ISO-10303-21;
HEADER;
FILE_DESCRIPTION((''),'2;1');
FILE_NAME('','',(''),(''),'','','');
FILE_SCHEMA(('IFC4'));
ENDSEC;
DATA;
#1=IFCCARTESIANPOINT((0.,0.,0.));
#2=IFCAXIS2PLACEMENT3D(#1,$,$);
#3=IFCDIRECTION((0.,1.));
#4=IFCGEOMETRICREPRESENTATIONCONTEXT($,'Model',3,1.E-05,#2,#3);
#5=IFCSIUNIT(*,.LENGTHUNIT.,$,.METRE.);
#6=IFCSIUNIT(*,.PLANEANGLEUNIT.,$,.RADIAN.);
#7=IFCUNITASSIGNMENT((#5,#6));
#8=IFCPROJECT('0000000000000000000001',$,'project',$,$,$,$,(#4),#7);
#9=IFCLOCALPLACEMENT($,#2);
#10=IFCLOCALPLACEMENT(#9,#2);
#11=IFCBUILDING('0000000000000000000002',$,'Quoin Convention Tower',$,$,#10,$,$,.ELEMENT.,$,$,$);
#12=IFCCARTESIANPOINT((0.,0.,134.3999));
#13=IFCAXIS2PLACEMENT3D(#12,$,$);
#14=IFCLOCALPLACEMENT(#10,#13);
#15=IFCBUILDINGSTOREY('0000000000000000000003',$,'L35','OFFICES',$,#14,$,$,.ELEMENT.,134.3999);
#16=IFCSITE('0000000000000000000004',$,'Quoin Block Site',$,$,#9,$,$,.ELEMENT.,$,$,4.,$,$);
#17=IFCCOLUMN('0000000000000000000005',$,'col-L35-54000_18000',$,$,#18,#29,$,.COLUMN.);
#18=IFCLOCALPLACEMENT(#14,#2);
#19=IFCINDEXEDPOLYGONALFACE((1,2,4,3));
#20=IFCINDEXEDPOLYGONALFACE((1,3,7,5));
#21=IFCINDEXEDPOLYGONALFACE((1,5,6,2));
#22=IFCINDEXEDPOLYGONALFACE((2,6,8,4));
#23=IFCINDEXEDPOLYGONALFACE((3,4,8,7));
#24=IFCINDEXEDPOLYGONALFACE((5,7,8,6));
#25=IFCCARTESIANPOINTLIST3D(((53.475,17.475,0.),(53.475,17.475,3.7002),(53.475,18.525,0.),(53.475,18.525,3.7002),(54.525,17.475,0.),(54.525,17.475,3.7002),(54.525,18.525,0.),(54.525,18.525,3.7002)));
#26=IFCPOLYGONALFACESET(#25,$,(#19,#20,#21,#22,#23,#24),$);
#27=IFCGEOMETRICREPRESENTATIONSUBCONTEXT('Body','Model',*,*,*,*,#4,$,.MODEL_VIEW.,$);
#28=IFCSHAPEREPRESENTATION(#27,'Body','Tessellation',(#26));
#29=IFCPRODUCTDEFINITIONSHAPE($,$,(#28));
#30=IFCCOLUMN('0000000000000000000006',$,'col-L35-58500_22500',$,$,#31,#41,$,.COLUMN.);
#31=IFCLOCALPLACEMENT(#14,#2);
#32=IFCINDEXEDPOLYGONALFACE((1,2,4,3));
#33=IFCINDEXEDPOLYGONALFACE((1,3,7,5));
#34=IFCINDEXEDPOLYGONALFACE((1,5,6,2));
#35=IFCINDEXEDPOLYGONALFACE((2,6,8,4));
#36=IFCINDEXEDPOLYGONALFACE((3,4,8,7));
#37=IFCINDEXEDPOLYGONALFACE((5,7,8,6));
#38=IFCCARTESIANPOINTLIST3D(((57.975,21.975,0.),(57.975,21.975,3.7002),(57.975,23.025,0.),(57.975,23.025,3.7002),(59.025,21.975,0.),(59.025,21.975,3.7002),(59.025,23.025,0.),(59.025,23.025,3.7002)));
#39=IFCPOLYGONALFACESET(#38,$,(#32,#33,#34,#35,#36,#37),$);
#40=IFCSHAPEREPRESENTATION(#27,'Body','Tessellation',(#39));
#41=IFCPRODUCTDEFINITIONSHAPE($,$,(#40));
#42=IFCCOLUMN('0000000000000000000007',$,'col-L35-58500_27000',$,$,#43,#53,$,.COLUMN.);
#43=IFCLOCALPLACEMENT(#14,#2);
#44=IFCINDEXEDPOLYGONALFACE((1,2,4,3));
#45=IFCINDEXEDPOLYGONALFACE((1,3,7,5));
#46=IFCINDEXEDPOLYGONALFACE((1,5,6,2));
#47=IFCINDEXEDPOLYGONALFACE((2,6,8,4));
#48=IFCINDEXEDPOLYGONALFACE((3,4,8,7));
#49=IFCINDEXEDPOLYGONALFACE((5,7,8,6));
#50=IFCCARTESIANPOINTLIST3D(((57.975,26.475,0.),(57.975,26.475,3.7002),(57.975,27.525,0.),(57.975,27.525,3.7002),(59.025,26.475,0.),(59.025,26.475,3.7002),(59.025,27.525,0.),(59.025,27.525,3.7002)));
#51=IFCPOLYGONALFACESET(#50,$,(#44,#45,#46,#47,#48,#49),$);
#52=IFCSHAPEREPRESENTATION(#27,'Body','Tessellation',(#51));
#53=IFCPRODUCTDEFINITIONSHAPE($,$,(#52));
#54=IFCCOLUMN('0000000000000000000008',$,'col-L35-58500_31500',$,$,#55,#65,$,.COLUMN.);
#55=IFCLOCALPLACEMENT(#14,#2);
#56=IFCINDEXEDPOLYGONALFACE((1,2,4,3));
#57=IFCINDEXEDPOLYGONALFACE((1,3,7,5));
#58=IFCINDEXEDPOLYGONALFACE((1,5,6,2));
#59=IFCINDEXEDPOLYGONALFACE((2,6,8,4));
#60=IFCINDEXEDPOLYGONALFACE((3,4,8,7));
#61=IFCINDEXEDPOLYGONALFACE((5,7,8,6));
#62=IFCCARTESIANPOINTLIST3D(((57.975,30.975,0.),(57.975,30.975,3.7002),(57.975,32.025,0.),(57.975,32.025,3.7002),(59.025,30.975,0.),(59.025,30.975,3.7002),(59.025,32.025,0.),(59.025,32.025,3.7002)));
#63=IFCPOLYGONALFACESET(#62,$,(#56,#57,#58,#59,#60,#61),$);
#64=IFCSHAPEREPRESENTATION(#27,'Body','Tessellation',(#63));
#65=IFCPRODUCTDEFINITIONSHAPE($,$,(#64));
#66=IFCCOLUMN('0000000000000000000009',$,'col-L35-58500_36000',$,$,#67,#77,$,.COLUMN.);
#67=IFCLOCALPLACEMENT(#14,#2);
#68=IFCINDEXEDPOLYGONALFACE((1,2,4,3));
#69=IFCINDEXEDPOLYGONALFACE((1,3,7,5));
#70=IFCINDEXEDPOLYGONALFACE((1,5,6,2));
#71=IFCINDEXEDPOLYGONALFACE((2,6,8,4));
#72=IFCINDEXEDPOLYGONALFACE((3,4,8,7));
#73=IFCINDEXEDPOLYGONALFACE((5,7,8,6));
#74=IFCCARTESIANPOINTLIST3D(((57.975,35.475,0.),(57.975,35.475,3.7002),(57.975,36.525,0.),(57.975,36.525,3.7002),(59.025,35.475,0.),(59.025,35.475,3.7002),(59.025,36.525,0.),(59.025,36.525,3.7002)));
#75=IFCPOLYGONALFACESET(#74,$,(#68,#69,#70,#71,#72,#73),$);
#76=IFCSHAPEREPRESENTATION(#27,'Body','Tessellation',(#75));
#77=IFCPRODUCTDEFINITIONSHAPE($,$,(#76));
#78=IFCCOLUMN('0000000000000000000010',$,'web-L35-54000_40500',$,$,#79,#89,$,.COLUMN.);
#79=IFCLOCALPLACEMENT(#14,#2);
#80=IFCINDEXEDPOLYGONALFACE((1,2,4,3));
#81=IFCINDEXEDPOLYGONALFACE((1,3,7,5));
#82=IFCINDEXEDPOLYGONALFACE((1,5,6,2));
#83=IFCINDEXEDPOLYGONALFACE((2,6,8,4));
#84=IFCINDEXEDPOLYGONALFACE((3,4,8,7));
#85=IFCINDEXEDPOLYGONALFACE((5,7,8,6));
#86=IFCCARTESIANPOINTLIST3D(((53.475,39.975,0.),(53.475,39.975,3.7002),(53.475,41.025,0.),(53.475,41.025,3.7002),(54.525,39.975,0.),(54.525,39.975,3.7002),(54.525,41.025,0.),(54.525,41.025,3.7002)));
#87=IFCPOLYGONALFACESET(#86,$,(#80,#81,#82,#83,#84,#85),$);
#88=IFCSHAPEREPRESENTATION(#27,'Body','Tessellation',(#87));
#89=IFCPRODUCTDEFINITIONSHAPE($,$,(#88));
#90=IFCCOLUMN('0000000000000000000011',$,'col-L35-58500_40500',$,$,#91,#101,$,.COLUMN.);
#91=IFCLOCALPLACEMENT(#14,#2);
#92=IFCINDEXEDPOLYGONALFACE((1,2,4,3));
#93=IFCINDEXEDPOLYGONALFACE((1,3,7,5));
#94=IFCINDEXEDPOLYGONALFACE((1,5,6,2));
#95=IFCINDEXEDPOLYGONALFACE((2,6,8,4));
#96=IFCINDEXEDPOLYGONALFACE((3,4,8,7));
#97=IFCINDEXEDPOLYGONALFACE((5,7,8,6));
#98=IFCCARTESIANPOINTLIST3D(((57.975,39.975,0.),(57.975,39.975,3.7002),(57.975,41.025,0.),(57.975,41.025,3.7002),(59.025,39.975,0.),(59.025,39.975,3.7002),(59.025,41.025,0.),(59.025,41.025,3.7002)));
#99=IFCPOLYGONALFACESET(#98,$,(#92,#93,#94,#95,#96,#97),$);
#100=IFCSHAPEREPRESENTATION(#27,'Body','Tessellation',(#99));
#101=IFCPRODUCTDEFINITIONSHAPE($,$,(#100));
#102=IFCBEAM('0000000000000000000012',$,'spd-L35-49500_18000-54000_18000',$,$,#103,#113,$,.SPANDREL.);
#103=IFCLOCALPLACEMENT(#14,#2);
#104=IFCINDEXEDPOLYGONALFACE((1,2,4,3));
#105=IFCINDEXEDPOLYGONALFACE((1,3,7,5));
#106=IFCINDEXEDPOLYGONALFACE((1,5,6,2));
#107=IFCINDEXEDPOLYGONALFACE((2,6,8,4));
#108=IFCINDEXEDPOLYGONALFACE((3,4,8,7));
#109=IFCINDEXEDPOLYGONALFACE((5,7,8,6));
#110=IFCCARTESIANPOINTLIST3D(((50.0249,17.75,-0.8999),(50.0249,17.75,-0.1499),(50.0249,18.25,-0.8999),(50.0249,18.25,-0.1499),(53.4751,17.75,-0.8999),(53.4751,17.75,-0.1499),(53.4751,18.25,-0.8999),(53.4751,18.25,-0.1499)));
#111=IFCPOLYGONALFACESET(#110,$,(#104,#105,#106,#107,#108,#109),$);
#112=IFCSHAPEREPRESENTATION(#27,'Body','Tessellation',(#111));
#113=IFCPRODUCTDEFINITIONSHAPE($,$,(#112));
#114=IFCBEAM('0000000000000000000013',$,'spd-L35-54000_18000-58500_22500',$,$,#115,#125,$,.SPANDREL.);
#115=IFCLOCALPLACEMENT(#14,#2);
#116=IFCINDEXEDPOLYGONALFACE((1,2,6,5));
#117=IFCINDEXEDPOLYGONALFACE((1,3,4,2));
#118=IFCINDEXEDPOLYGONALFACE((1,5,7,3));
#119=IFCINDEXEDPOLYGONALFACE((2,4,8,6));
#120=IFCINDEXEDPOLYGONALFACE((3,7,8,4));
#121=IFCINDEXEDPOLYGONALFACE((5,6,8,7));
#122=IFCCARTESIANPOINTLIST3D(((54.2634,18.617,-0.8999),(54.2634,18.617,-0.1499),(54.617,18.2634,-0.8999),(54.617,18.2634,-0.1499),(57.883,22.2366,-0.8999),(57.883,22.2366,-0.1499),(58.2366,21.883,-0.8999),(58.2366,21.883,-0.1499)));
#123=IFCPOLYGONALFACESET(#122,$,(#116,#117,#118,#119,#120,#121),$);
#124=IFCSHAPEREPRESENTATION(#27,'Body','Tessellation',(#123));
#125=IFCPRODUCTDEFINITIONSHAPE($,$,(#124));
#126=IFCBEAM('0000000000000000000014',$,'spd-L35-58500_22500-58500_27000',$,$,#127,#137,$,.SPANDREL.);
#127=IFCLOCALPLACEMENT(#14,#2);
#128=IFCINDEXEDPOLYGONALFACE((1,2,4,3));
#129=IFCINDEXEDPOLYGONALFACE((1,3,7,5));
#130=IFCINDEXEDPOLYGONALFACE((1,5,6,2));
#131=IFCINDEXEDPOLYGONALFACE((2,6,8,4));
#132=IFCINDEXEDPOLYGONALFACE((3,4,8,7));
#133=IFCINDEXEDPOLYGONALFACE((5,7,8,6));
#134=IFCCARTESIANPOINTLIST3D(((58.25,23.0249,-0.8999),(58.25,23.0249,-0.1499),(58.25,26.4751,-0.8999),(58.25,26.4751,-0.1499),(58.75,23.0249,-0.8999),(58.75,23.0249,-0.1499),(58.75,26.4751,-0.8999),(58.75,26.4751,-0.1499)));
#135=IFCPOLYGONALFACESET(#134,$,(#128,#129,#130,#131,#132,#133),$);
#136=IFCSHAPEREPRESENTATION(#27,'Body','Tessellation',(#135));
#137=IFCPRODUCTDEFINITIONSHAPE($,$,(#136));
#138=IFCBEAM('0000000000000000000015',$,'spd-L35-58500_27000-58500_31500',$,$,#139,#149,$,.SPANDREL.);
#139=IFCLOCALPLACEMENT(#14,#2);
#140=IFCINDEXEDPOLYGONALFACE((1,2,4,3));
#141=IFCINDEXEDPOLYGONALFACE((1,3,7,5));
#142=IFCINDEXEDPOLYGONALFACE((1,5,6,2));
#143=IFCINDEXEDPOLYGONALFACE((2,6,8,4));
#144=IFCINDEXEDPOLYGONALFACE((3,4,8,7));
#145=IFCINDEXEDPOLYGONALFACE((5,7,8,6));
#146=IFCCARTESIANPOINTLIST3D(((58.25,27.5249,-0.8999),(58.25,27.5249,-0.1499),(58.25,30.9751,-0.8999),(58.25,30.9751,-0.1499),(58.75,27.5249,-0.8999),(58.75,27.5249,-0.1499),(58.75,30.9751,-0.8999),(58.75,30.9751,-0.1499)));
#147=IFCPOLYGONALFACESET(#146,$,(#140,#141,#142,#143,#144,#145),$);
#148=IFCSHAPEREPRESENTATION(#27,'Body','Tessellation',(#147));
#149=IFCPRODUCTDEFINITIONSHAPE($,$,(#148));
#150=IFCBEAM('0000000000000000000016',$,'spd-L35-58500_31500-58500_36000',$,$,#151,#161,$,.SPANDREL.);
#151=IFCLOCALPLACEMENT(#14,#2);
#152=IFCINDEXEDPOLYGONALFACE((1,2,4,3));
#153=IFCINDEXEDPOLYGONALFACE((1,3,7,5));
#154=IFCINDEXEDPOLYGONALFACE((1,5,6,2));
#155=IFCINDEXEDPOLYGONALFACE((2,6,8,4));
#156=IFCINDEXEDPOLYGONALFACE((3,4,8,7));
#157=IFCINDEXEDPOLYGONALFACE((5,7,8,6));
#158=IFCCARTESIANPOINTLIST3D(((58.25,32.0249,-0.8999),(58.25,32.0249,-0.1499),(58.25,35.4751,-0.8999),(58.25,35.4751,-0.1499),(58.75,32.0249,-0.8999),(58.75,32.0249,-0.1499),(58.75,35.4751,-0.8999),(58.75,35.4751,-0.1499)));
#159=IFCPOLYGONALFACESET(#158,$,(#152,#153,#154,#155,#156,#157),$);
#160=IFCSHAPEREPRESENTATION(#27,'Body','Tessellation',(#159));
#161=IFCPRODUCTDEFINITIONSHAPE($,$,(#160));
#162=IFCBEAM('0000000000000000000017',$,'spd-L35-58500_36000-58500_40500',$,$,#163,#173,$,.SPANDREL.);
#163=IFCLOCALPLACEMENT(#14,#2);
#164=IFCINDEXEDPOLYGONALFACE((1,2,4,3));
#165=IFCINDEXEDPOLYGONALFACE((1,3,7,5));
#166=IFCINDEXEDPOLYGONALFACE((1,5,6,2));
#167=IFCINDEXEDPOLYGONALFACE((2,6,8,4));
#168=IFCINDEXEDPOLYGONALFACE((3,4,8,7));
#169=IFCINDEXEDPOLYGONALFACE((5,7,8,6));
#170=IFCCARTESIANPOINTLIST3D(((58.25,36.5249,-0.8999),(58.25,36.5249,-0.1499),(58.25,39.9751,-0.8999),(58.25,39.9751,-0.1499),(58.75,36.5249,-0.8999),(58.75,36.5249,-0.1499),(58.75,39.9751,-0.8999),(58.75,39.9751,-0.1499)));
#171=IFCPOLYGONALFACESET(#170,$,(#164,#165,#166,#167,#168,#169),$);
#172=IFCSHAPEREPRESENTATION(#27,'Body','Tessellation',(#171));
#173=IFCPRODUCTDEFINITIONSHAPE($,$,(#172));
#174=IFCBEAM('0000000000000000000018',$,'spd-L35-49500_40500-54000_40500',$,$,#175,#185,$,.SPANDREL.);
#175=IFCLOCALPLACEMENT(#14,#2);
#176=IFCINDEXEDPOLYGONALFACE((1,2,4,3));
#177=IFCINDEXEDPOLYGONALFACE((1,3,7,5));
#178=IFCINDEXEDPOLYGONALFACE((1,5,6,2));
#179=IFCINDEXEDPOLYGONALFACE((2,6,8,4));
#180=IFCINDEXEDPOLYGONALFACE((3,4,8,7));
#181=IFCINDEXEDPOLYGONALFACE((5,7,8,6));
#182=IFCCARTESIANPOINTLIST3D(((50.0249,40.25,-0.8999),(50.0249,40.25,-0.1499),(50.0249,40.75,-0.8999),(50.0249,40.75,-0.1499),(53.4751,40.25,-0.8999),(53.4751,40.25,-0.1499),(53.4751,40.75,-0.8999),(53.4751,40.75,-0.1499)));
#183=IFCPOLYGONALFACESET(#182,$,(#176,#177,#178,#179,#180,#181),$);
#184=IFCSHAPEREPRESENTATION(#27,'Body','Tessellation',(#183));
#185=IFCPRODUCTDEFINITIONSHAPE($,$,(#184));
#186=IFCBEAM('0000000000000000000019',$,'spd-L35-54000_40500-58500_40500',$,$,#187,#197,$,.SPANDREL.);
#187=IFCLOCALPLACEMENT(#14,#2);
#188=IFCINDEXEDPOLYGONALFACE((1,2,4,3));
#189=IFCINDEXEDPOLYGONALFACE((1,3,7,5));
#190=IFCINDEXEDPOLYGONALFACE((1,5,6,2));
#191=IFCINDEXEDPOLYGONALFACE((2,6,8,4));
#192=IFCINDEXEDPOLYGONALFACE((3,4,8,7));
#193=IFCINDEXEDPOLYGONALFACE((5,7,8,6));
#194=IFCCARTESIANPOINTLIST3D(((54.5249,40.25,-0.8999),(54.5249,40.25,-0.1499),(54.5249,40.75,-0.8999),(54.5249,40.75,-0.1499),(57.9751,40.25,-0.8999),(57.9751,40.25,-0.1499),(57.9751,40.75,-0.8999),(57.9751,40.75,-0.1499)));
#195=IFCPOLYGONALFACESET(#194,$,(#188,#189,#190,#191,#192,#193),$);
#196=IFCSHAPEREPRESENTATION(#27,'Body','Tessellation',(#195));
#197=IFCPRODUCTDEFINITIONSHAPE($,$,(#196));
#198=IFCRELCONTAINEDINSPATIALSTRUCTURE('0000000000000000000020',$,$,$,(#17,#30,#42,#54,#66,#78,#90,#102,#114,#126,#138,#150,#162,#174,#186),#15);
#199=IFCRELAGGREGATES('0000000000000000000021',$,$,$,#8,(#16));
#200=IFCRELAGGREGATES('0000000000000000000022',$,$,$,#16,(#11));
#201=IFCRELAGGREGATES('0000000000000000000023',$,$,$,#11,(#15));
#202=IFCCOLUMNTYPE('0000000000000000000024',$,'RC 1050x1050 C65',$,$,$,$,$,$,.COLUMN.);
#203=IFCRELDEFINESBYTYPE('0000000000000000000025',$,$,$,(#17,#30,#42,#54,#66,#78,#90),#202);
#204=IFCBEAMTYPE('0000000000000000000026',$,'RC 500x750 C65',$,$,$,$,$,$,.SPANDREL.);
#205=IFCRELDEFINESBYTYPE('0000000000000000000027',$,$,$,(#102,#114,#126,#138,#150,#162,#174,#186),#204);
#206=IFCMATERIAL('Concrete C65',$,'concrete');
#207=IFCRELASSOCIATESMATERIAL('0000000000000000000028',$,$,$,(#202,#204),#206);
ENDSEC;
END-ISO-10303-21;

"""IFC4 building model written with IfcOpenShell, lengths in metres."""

from ifc_helpers import new_model, si_unit, direction, frame, origin, origin_2d, place, context, subcontext, project, spatial, rectangle, extrude, material, material_profile, profile_set, type_object, element, save


model = new_model("IFC4")

# Units and contexts
model_context = context("Model", 3, precision=1e-05, world=origin(), true_north=direction((0.0, 1.0)))
body_context = subcontext(model_context, "Body", "Model", "MODEL_VIEW")
ifc_project = project(units=[si_unit("LENGTHUNIT", "METRE"), si_unit("PLANEANGLEUNIT", "RADIAN")], contexts=[model_context])

# Site, building, storey
site_placement = place(None, origin())
site = spatial("IfcSite", under=ifc_project, at=site_placement, Name="Quoin Block Site", CompositionType="ELEMENT", RefElevation=4.0)
building_placement = place(site_placement, origin())
building = spatial("IfcBuilding", under=site, at=building_placement, Name="Quoin Convention Tower", CompositionType="ELEMENT")
storey_placement = place(building_placement, frame((0.0, 0.0, 134.3999)))
storey = spatial("IfcBuildingStorey", under=building, at=storey_placement, Name="L35", Description="OFFICES", CompositionType="ELEMENT", Elevation=134.3999)

# Columns
ifc_material_1 = material(Name="Concrete C65", Category="concrete")
ifc_material_profile_1 = material_profile(ifc_material_1, rectangle(XDim=1.05, YDim=1.05, at=origin_2d()), Name="RC 1050x1050")
ifc_profile_set_1 = profile_set([ifc_material_profile_1], Name="Concrete C65")
column_type = type_object("IfcColumnType", Name="RC 1050x1050 C65", PredefinedType="COLUMN", material=ifc_profile_set_1)
for number, where, z_axis, x_axis, name in (
    (1, (54.0, 18.0, 0.0), (0.0, 0.0, 1.0), (1.0, 0.0, 0.0), "col-L35-54000_18000"),
    (2, (58.5, 22.5, 0.0), (0.0, 0.0, 1.0), (1.0, 0.0, 0.0), "col-L35-58500_22500"),
    (3, (58.5, 27.0, 0.0), (0.0, 0.0, 1.0), (1.0, 0.0, 0.0), "col-L35-58500_27000"),
    (4, (58.5, 31.5, 0.0), (0.0, 0.0, 1.0), (1.0, 0.0, 0.0), "col-L35-58500_31500"),
    (5, (58.5, 36.0, 0.0), (0.0, 0.0, 1.0), (1.0, 0.0, 0.0), "col-L35-58500_36000"),
    (6, (54.0, 40.5, 0.0), (0.0, 0.0, 1.0), (1.0, 0.0, 0.0), "web-L35-54000_40500"),
    (7, (58.5, 40.5, 0.0), (0.0, 0.0, 1.0), (1.0, 0.0, 0.0), "col-L35-58500_40500"),
):
    element("IfcColumn", number, at=place(storey_placement, frame(where, z_axis=z_axis, x_axis=x_axis)), inside=storey, type_object=column_type, Name=name, PredefinedType="COLUMN", context=body_context, shape_type="SweptSolid", body=[
        extrude(rectangle(XDim=1.05, YDim=1.05, at=origin_2d()), origin(), (0.0, 0.0, 1.0), 3.7002),
    ])

# Beams
ifc_material_profile_2 = material_profile(ifc_material_1, rectangle(XDim=0.5, YDim=0.75, at=origin_2d()), Name="RC 500x750")
ifc_profile_set_2 = profile_set([ifc_material_profile_2], Name="Concrete C65")
beam_type = type_object("IfcBeamType", Name="RC 500x750 C65", PredefinedType="SPANDREL", material=ifc_profile_set_2)
beam_1_placement = place(storey_placement, frame((50.0249, 18.0, -0.5249), z_axis=(1.0, 0.0, 0.0), x_axis=(0.0, 1.0, 0.0)))
element("IfcBeam", 8, at=beam_1_placement, inside=storey, type_object=beam_type, Name="spd-L35-49500_18000-54000_18000", PredefinedType="SPANDREL", context=body_context, shape_type="SweptSolid", body=[
    extrude(rectangle(XDim=0.5, YDim=0.75, at=origin_2d()), origin(), (0.0, 0.0, 1.0), 3.4502),
])
beam_2_placement = place(storey_placement, frame((54.4402, 18.4402, -0.5249), z_axis=(0.707107, 0.707107, 0.0), x_axis=(-0.707107, 0.707107, 0.0)))
element("IfcBeam", 9, at=beam_2_placement, inside=storey, type_object=beam_type, Name="spd-L35-54000_18000-58500_22500", PredefinedType="SPANDREL", context=body_context, shape_type="SweptSolid", body=[
    extrude(rectangle(XDim=0.5, YDim=0.75, at=origin_2d()), origin(), (0.0, 0.0, 1.0), 5.1189),
])
for number, where, z_axis, x_axis, name in (
    (10, (58.5, 23.0249, -0.5249), (0.0, 1.0, 0.0), (-1.0, 0.0, 0.0), "spd-L35-58500_22500-58500_27000"),
    (11, (58.5, 27.5249, -0.5249), (0.0, 1.0, 0.0), (-1.0, 0.0, 0.0), "spd-L35-58500_27000-58500_31500"),
    (12, (58.5, 32.0249, -0.5249), (0.0, 1.0, 0.0), (-1.0, 0.0, 0.0), "spd-L35-58500_31500-58500_36000"),
    (13, (58.5, 36.5249, -0.5249), (0.0, 1.0, 0.0), (-1.0, 0.0, 0.0), "spd-L35-58500_36000-58500_40500"),
    (14, (50.0249, 40.5, -0.5249), (1.0, 0.0, 0.0), (0.0, 1.0, 0.0), "spd-L35-49500_40500-54000_40500"),
    (15, (54.5249, 40.5, -0.5249), (1.0, 0.0, 0.0), (0.0, 1.0, 0.0), "spd-L35-54000_40500-58500_40500"),
):
    element("IfcBeam", number, at=place(storey_placement, frame(where, z_axis=z_axis, x_axis=x_axis)), inside=storey, type_object=beam_type, Name=name, PredefinedType="SPANDREL", context=body_context, shape_type="SweptSolid", body=[
        extrude(rectangle(XDim=0.5, YDim=0.75, at=origin_2d()), origin(), (0.0, 0.0, 1.0), 3.4502),
    ])

save(model, "model.ifc")
